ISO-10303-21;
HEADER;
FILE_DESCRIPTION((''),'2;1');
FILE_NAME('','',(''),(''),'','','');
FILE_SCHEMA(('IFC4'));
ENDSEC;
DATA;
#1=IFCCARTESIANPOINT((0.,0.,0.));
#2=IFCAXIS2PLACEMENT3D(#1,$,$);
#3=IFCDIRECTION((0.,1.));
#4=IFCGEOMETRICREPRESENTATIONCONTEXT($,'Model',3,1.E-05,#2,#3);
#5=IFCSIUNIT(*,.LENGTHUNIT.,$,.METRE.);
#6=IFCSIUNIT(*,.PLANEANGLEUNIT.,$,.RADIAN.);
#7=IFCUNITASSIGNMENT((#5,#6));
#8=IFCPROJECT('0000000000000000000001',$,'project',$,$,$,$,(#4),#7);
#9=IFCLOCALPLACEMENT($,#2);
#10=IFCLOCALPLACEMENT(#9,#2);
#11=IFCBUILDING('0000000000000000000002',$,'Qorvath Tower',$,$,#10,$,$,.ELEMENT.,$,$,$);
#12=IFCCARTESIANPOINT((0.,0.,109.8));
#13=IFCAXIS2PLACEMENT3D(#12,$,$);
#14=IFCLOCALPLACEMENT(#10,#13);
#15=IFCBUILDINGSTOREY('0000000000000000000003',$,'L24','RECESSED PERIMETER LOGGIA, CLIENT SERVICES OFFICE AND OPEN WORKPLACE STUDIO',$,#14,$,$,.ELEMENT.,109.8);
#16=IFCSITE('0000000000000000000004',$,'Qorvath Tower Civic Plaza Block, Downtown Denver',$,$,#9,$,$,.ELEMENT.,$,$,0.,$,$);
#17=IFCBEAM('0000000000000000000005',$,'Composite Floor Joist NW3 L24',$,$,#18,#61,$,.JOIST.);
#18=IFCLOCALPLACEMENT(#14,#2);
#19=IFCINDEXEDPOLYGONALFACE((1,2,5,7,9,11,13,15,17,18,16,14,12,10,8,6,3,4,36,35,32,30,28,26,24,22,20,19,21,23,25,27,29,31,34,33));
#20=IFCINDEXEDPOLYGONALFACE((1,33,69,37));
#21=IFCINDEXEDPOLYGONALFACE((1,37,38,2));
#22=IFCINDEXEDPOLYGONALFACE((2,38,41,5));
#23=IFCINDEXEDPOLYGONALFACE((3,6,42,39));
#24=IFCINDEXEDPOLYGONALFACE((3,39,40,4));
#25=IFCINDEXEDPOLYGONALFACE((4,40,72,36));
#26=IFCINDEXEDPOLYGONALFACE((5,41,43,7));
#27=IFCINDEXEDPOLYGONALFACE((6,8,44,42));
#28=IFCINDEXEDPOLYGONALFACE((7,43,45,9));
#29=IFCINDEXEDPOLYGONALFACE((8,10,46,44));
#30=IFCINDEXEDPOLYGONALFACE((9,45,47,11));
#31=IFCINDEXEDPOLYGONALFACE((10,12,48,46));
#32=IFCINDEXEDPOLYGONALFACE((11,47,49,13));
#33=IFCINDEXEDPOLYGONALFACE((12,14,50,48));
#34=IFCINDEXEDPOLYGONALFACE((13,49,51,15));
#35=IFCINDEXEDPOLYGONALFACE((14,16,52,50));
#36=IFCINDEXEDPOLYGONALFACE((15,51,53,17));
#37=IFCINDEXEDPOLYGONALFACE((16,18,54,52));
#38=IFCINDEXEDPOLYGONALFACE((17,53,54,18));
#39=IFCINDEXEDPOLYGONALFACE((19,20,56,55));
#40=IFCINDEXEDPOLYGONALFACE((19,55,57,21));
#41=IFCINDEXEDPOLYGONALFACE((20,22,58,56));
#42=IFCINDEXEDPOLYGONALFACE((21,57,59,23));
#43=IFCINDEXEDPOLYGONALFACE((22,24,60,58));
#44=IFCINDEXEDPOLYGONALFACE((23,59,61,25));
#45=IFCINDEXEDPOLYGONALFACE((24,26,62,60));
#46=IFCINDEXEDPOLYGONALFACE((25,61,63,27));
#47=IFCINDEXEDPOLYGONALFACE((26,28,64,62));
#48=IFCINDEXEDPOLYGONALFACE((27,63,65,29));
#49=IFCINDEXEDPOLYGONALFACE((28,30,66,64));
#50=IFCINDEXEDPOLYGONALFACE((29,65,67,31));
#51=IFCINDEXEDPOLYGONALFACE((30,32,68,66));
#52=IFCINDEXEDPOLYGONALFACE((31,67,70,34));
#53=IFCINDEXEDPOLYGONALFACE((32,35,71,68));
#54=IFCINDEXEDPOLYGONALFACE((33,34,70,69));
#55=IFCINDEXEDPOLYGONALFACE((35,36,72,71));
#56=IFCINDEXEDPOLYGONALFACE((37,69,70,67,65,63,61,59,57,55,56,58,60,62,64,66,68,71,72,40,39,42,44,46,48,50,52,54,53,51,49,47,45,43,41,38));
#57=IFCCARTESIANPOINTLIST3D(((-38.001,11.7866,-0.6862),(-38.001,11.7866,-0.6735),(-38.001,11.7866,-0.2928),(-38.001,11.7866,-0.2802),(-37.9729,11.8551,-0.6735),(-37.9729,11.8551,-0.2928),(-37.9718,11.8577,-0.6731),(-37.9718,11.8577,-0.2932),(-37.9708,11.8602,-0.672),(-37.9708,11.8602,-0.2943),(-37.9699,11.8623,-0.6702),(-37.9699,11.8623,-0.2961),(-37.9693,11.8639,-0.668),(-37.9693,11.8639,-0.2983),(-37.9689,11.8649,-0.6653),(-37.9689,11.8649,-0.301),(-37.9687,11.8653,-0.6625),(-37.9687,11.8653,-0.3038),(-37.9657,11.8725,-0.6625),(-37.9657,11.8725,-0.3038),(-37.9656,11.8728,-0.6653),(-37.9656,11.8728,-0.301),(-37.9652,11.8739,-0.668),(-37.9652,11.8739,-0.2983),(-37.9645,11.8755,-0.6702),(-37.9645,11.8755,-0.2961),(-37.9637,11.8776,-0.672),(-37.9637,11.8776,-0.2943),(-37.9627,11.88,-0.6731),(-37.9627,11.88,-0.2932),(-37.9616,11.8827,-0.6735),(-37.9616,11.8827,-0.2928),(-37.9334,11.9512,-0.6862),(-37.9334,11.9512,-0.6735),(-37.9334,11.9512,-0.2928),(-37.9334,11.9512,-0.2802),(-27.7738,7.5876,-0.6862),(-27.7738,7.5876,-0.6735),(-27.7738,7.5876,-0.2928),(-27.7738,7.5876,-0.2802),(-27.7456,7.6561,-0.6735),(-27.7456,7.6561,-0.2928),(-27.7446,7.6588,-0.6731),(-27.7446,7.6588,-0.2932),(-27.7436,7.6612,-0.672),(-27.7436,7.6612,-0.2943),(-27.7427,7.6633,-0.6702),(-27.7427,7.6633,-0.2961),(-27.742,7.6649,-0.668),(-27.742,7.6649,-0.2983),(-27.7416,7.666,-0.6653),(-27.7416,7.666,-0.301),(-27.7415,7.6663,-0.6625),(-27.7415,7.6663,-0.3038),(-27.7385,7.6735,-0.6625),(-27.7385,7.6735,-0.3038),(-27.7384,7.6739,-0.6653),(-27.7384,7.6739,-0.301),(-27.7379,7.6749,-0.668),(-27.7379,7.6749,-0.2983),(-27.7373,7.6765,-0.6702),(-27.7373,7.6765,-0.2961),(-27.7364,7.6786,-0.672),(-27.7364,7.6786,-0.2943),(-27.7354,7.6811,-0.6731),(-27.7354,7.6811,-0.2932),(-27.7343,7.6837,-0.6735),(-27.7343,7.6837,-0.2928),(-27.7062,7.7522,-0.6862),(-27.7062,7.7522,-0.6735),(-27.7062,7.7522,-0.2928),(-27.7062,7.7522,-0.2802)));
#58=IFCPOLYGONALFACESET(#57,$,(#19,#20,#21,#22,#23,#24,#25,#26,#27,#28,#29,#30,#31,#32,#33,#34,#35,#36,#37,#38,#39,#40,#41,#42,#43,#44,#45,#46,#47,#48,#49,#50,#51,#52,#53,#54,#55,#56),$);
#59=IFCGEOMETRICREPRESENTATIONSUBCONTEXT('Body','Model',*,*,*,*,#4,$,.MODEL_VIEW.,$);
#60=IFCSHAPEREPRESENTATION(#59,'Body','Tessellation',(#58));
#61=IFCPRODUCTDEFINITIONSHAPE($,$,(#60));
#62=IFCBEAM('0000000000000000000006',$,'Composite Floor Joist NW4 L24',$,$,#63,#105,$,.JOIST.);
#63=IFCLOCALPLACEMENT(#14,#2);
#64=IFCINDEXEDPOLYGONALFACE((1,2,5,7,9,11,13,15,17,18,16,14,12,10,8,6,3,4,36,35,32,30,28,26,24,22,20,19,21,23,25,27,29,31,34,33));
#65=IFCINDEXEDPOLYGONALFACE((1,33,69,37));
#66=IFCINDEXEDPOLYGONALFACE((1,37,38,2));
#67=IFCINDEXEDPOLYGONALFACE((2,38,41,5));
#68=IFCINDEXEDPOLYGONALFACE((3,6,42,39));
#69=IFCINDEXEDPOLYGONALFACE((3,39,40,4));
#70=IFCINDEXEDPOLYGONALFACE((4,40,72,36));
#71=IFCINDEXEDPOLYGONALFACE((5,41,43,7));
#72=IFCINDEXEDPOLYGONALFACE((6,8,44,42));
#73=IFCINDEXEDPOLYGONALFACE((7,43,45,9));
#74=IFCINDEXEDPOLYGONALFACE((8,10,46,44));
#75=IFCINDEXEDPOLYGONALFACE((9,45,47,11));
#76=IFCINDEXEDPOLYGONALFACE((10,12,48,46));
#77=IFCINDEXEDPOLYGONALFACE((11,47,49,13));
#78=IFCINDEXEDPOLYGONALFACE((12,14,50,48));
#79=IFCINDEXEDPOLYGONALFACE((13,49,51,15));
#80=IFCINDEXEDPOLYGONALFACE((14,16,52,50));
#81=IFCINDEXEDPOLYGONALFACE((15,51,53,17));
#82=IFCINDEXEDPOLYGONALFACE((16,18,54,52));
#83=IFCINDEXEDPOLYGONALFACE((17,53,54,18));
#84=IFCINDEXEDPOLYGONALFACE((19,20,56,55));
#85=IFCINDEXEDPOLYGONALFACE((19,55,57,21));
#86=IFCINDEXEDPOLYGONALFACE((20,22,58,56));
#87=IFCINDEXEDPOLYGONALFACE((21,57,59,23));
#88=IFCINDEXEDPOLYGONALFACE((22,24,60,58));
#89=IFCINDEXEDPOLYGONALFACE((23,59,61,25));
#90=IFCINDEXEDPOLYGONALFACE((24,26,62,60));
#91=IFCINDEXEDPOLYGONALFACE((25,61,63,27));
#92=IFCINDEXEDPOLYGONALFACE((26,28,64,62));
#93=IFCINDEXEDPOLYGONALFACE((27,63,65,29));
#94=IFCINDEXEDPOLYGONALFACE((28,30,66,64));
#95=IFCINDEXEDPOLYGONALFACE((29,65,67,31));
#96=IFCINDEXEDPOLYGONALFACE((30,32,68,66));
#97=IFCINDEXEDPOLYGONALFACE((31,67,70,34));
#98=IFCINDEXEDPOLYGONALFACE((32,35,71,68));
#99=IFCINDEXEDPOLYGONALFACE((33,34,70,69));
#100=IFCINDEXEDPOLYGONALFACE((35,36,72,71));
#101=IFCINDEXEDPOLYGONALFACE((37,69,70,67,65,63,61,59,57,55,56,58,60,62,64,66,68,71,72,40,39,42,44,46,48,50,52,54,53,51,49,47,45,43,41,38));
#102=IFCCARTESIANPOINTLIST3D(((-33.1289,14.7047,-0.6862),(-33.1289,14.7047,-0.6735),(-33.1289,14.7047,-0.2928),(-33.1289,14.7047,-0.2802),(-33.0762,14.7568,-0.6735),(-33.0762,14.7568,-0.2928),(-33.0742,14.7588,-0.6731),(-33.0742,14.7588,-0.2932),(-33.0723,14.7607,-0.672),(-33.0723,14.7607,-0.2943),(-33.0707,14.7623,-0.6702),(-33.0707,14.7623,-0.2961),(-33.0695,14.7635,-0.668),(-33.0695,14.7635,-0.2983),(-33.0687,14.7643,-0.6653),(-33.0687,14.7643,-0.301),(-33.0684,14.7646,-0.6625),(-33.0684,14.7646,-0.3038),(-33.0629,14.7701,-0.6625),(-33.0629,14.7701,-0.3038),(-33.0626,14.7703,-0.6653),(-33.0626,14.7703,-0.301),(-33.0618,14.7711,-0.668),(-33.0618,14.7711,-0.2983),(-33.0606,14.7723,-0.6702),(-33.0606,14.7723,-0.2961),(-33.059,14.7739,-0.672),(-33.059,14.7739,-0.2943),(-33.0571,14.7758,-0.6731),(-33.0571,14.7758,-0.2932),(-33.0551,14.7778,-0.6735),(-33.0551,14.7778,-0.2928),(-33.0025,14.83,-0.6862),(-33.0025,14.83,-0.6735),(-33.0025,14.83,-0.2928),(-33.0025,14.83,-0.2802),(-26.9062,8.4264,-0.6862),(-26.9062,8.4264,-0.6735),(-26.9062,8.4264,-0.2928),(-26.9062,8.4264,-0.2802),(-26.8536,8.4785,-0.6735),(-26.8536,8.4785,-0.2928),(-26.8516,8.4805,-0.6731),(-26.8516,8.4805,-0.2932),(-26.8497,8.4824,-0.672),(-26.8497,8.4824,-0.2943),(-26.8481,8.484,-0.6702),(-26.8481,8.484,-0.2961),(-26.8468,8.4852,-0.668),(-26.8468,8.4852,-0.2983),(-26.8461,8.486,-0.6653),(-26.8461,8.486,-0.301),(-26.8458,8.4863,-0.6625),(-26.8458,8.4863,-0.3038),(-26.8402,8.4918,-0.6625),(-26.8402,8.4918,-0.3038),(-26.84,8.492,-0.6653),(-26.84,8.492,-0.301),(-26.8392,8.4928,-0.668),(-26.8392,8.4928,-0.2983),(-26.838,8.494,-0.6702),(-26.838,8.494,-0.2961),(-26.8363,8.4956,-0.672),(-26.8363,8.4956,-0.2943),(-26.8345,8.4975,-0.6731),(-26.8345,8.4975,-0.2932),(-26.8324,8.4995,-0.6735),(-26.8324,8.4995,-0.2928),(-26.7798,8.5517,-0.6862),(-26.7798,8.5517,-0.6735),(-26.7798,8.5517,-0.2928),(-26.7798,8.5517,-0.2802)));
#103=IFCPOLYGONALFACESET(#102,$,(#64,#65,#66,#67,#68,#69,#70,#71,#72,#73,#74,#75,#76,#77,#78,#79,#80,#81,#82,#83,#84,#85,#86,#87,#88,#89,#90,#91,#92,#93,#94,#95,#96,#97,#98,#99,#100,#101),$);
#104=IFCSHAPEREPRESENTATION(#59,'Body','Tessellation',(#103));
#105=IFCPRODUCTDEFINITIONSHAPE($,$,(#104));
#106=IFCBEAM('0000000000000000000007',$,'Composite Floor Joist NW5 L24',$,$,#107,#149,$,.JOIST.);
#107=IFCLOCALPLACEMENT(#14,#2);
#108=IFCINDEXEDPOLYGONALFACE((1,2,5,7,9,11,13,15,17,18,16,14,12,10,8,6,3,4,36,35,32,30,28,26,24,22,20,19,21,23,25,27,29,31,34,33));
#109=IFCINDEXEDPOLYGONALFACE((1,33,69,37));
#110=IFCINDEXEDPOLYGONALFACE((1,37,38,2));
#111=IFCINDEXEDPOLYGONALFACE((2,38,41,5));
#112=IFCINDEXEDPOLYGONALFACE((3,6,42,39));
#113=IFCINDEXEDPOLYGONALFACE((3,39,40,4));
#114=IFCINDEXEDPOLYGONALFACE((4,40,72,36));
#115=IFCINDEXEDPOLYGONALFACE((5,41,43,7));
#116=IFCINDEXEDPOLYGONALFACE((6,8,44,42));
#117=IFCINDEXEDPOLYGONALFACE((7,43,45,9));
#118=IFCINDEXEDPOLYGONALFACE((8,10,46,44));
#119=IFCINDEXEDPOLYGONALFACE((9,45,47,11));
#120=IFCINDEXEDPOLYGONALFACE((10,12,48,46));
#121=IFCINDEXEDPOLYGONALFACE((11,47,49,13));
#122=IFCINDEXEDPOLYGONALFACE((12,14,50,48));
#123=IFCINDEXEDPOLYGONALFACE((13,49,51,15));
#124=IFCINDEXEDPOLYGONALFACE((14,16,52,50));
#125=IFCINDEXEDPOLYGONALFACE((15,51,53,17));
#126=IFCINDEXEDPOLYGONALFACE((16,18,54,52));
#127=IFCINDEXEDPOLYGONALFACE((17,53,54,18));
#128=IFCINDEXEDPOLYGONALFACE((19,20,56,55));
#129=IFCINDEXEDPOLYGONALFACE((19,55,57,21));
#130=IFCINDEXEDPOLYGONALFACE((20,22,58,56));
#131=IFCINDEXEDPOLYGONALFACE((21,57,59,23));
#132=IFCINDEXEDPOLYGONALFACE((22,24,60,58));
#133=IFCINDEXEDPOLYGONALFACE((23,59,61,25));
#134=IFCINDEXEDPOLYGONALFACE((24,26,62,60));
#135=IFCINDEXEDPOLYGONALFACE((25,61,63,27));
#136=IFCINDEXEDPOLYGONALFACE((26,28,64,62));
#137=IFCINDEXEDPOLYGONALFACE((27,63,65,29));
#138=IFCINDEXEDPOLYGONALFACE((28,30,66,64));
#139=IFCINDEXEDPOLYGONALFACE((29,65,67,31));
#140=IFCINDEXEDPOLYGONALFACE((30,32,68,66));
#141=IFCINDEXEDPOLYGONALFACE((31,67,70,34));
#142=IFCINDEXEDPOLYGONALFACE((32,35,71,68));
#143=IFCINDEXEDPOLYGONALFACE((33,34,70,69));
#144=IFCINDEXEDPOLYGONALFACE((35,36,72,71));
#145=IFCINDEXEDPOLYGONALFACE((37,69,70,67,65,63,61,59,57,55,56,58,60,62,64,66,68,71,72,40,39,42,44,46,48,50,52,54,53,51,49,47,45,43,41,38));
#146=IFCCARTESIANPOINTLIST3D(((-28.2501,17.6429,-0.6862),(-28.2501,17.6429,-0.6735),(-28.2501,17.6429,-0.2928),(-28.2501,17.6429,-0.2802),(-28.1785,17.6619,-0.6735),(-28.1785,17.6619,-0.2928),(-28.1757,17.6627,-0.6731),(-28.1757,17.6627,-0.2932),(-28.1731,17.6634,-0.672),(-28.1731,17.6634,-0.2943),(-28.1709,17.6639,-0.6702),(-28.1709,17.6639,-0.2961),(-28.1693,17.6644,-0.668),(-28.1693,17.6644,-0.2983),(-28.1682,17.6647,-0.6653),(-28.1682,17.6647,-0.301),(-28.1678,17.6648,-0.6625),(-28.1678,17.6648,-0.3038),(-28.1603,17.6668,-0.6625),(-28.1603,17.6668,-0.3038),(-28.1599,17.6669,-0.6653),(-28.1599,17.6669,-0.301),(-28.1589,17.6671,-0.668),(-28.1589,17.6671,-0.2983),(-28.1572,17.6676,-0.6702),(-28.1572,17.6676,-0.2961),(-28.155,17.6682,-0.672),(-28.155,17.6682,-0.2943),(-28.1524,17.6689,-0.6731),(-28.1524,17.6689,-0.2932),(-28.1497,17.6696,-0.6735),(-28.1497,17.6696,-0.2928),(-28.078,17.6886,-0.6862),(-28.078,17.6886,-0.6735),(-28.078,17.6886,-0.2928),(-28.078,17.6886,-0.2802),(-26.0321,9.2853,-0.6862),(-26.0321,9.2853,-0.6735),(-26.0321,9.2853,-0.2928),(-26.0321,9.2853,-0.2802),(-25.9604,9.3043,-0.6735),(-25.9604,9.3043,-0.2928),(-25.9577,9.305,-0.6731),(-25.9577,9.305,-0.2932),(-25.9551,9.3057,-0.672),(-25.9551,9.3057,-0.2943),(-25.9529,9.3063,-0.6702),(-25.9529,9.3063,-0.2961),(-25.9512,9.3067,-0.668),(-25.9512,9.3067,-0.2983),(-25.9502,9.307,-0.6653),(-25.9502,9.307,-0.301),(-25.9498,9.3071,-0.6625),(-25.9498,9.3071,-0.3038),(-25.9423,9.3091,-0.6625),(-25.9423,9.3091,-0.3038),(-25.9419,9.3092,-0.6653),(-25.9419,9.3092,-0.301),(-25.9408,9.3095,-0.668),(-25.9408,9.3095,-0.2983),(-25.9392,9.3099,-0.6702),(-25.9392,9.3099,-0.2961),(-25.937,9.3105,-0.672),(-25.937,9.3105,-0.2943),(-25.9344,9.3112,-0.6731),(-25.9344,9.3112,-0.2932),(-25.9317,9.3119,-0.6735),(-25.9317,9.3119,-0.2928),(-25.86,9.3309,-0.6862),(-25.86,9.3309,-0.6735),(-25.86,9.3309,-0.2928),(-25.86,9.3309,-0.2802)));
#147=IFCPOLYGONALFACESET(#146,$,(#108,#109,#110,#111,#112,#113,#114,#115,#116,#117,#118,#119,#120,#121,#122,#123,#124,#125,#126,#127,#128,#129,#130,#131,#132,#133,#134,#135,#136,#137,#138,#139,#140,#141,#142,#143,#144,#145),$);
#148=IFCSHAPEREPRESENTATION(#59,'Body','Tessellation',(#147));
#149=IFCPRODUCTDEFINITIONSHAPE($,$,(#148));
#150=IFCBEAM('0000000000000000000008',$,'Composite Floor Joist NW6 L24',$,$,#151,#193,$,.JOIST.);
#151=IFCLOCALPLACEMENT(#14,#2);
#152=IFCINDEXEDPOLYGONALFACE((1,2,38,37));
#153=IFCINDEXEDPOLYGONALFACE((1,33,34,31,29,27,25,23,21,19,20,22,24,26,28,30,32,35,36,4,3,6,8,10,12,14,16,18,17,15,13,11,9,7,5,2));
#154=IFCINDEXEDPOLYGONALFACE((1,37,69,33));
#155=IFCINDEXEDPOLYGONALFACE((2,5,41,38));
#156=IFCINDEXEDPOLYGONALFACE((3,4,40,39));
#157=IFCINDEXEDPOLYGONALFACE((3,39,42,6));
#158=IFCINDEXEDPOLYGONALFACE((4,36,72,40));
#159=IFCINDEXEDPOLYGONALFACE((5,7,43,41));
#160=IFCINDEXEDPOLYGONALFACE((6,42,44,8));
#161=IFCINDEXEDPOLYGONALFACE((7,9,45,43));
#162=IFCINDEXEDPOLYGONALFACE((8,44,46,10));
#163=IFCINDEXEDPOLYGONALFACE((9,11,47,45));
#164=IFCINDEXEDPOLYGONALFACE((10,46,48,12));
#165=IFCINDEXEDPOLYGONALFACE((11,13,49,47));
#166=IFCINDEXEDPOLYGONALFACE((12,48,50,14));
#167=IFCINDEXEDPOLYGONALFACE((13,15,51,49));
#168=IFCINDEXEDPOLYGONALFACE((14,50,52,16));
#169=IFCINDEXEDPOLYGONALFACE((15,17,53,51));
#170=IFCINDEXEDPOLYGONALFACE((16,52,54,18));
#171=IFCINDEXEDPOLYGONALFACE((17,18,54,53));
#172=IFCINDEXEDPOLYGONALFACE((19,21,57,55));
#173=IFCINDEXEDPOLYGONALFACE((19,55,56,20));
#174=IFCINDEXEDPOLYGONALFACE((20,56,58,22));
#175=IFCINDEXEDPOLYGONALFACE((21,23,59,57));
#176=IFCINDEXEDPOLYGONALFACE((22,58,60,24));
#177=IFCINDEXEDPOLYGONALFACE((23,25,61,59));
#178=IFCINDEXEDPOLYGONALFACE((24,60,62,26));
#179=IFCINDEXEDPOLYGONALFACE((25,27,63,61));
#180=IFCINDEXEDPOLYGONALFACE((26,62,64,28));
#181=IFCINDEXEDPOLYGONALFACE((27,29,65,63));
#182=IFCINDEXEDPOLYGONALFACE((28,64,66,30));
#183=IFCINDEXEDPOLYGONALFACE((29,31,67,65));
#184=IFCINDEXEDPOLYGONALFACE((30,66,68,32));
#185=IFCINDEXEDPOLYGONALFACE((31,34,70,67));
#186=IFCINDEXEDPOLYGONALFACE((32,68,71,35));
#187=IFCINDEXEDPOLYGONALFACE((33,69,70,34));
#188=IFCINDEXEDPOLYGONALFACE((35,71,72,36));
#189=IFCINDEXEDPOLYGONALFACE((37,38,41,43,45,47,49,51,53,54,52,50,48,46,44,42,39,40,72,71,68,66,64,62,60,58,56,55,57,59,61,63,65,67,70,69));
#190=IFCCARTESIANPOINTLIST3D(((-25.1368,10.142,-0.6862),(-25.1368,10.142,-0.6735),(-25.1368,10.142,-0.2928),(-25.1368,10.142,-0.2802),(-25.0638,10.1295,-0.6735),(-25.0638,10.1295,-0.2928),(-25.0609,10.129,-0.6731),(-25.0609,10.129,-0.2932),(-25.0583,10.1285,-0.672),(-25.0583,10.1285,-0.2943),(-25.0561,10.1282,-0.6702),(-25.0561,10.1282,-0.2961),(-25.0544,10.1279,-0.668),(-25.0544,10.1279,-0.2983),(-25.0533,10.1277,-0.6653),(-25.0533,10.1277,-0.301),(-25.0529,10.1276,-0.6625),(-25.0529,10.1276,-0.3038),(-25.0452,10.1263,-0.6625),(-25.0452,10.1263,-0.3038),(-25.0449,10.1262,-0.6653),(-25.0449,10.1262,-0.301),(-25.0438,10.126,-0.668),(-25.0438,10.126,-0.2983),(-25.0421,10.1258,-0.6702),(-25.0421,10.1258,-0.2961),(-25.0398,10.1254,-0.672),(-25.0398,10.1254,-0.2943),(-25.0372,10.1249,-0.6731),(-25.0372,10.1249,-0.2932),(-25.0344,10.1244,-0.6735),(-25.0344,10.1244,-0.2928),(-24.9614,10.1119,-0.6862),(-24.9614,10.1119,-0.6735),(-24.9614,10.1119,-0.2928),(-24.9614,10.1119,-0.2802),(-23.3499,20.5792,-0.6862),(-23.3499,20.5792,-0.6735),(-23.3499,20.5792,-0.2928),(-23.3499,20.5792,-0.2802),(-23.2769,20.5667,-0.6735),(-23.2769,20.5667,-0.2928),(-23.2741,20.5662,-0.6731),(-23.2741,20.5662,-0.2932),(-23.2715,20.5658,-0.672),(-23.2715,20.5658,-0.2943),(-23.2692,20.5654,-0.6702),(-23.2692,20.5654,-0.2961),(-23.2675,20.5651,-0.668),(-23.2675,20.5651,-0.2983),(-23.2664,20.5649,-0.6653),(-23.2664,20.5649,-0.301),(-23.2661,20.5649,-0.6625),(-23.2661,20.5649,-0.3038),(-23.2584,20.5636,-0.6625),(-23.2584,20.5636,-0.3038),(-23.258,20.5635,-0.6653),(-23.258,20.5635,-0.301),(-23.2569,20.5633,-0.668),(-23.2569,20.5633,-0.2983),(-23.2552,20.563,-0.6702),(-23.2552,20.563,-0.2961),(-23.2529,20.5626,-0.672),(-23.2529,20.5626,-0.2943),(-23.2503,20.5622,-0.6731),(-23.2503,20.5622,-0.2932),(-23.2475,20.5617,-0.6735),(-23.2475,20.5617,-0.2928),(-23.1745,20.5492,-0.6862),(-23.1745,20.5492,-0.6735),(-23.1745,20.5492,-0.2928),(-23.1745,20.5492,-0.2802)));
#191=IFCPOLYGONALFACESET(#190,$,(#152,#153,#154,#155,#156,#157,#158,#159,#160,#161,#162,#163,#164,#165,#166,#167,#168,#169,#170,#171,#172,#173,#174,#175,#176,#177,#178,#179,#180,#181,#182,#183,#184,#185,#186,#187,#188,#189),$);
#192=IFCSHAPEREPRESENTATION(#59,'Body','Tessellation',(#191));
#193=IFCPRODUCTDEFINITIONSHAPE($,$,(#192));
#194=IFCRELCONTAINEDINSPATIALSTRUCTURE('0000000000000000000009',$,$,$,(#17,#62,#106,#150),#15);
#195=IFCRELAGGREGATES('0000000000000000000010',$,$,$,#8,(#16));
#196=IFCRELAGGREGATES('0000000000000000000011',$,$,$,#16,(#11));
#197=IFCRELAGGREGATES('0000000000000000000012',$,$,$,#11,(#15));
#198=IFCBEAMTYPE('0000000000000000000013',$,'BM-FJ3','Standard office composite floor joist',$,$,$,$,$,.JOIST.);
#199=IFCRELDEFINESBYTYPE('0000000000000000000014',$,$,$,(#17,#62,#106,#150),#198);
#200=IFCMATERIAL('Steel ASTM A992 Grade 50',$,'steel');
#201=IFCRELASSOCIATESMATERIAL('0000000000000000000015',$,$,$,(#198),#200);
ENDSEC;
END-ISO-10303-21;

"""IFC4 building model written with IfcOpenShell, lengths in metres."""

from ifc_helpers import new_model, si_unit, direction, frame, origin, origin_2d, place, context, subcontext, project, spatial, i_section, extrude, material, material_profile, profile_set, type_object, element, save


model = new_model("IFC4")

# Units and contexts
model_context = context("Model", 3, precision=1e-05, world=origin(), true_north=direction((0.0, 1.0)))
body_context = subcontext(model_context, "Body", "Model", "MODEL_VIEW")
ifc_project = project(units=[si_unit("LENGTHUNIT", "METRE"), si_unit("PLANEANGLEUNIT", "RADIAN")], contexts=[model_context])

# Site, building, storey
site_placement = place(None, origin())
site = spatial("IfcSite", under=ifc_project, at=site_placement, Name="Qorvath Tower Civic Plaza Block, Downtown Denver", CompositionType="ELEMENT", RefElevation=0.0)
building_placement = place(site_placement, origin())
building = spatial("IfcBuilding", under=site, at=building_placement, Name="Qorvath Tower", CompositionType="ELEMENT")
storey_placement = place(building_placement, frame((0.0, 0.0, 109.8)))
storey = spatial("IfcBuildingStorey", under=building, at=storey_placement, Name="L24", Description="RECESSED PERIMETER LOGGIA, CLIENT SERVICES OFFICE AND OPEN WORKPLACE STUDIO", CompositionType="ELEMENT", Elevation=109.8)

# Beams
ifc_material_1 = material(Name="Steel ASTM A992 Grade 50", Category="steel")
ifc_material_profile_1 = material_profile(ifc_material_1, i_section(OverallWidth=0.178, OverallDepth=0.406, WebThickness=0.0078, FlangeThickness=0.0127, FilletRadius=0.011, at=origin_2d()), Name="W16x40")
ifc_profile_set_1 = profile_set([ifc_material_profile_1], Name="Steel ASTM A992 Grade 50")
beam_type_1 = type_object("IfcBeamType", Name="BM-FJ3", Description="Standard office composite floor joist", PredefinedType="JOIST", material=ifc_profile_set_1)
beam_1_placement = place(storey_placement, frame((-27.74, 7.6699, -0.4832), z_axis=(-0.925068, 0.379801, 0.0), x_axis=(-0.379801, -0.925068, 0.0)))
element("IfcBeam", 1, at=beam_1_placement, inside=storey, type_object=beam_type_1, Name="Composite Floor Joist NW3 L24", PredefinedType="JOIST", context=body_context, shape_type="SweptSolid", body=[
    extrude(i_section(OverallWidth=0.178, OverallDepth=0.406, WebThickness=0.0078, FlangeThickness=0.0127, FilletRadius=0.011, at=origin_2d()), origin(), (0.0, 0.0, 1.0), 11.0557),
])
beam_2_placement = place(storey_placement, frame((-26.843, 8.489, -0.4832), z_axis=(-0.703951, 0.710248, 0.0), x_axis=(-0.710248, -0.703951, 0.0)))
element("IfcBeam", 2, at=beam_2_placement, inside=storey, type_object=beam_type_1, Name="Composite Floor Joist NW4 L24", PredefinedType="JOIST", context=body_context, shape_type="SweptSolid", body=[
    extrude(i_section(OverallWidth=0.178, OverallDepth=0.406, WebThickness=0.0078, FlangeThickness=0.0127, FilletRadius=0.011, at=origin_2d()), origin(), (0.0, 0.0, 1.0), 8.8396),
])
beam_3_placement = place(storey_placement, frame((-25.946, 9.3081, -0.4832), z_axis=(-0.256508, 0.966542, 0.0), x_axis=(-0.966542, -0.256508, 0.0)))
element("IfcBeam", 3, at=beam_3_placement, inside=storey, type_object=beam_type_1, Name="Composite Floor Joist NW5 L24", PredefinedType="JOIST", context=body_context, shape_type="SweptSolid", body=[
    extrude(i_section(OverallWidth=0.178, OverallDepth=0.406, WebThickness=0.0078, FlangeThickness=0.0127, FilletRadius=0.011, at=origin_2d()), origin(), (0.0, 0.0, 1.0), 8.647),
])
beam_4_placement = place(storey_placement, frame((-25.0491, 10.127, -0.4832), z_axis=(0.168746, 0.98566, 0.0), x_axis=(-0.98566, 0.168746, 0.0)))
element("IfcBeam", 4, at=beam_4_placement, inside=storey, type_object=beam_type_1, Name="Composite Floor Joist NW6 L24", PredefinedType="JOIST", context=body_context, shape_type="SweptSolid", body=[
    extrude(i_section(OverallWidth=0.178, OverallDepth=0.406, WebThickness=0.0078, FlangeThickness=0.0127, FilletRadius=0.011, at=origin_2d()), origin(), (0.0, 0.0, 1.0), 10.5891),
])

save(model, "model.ifc")
